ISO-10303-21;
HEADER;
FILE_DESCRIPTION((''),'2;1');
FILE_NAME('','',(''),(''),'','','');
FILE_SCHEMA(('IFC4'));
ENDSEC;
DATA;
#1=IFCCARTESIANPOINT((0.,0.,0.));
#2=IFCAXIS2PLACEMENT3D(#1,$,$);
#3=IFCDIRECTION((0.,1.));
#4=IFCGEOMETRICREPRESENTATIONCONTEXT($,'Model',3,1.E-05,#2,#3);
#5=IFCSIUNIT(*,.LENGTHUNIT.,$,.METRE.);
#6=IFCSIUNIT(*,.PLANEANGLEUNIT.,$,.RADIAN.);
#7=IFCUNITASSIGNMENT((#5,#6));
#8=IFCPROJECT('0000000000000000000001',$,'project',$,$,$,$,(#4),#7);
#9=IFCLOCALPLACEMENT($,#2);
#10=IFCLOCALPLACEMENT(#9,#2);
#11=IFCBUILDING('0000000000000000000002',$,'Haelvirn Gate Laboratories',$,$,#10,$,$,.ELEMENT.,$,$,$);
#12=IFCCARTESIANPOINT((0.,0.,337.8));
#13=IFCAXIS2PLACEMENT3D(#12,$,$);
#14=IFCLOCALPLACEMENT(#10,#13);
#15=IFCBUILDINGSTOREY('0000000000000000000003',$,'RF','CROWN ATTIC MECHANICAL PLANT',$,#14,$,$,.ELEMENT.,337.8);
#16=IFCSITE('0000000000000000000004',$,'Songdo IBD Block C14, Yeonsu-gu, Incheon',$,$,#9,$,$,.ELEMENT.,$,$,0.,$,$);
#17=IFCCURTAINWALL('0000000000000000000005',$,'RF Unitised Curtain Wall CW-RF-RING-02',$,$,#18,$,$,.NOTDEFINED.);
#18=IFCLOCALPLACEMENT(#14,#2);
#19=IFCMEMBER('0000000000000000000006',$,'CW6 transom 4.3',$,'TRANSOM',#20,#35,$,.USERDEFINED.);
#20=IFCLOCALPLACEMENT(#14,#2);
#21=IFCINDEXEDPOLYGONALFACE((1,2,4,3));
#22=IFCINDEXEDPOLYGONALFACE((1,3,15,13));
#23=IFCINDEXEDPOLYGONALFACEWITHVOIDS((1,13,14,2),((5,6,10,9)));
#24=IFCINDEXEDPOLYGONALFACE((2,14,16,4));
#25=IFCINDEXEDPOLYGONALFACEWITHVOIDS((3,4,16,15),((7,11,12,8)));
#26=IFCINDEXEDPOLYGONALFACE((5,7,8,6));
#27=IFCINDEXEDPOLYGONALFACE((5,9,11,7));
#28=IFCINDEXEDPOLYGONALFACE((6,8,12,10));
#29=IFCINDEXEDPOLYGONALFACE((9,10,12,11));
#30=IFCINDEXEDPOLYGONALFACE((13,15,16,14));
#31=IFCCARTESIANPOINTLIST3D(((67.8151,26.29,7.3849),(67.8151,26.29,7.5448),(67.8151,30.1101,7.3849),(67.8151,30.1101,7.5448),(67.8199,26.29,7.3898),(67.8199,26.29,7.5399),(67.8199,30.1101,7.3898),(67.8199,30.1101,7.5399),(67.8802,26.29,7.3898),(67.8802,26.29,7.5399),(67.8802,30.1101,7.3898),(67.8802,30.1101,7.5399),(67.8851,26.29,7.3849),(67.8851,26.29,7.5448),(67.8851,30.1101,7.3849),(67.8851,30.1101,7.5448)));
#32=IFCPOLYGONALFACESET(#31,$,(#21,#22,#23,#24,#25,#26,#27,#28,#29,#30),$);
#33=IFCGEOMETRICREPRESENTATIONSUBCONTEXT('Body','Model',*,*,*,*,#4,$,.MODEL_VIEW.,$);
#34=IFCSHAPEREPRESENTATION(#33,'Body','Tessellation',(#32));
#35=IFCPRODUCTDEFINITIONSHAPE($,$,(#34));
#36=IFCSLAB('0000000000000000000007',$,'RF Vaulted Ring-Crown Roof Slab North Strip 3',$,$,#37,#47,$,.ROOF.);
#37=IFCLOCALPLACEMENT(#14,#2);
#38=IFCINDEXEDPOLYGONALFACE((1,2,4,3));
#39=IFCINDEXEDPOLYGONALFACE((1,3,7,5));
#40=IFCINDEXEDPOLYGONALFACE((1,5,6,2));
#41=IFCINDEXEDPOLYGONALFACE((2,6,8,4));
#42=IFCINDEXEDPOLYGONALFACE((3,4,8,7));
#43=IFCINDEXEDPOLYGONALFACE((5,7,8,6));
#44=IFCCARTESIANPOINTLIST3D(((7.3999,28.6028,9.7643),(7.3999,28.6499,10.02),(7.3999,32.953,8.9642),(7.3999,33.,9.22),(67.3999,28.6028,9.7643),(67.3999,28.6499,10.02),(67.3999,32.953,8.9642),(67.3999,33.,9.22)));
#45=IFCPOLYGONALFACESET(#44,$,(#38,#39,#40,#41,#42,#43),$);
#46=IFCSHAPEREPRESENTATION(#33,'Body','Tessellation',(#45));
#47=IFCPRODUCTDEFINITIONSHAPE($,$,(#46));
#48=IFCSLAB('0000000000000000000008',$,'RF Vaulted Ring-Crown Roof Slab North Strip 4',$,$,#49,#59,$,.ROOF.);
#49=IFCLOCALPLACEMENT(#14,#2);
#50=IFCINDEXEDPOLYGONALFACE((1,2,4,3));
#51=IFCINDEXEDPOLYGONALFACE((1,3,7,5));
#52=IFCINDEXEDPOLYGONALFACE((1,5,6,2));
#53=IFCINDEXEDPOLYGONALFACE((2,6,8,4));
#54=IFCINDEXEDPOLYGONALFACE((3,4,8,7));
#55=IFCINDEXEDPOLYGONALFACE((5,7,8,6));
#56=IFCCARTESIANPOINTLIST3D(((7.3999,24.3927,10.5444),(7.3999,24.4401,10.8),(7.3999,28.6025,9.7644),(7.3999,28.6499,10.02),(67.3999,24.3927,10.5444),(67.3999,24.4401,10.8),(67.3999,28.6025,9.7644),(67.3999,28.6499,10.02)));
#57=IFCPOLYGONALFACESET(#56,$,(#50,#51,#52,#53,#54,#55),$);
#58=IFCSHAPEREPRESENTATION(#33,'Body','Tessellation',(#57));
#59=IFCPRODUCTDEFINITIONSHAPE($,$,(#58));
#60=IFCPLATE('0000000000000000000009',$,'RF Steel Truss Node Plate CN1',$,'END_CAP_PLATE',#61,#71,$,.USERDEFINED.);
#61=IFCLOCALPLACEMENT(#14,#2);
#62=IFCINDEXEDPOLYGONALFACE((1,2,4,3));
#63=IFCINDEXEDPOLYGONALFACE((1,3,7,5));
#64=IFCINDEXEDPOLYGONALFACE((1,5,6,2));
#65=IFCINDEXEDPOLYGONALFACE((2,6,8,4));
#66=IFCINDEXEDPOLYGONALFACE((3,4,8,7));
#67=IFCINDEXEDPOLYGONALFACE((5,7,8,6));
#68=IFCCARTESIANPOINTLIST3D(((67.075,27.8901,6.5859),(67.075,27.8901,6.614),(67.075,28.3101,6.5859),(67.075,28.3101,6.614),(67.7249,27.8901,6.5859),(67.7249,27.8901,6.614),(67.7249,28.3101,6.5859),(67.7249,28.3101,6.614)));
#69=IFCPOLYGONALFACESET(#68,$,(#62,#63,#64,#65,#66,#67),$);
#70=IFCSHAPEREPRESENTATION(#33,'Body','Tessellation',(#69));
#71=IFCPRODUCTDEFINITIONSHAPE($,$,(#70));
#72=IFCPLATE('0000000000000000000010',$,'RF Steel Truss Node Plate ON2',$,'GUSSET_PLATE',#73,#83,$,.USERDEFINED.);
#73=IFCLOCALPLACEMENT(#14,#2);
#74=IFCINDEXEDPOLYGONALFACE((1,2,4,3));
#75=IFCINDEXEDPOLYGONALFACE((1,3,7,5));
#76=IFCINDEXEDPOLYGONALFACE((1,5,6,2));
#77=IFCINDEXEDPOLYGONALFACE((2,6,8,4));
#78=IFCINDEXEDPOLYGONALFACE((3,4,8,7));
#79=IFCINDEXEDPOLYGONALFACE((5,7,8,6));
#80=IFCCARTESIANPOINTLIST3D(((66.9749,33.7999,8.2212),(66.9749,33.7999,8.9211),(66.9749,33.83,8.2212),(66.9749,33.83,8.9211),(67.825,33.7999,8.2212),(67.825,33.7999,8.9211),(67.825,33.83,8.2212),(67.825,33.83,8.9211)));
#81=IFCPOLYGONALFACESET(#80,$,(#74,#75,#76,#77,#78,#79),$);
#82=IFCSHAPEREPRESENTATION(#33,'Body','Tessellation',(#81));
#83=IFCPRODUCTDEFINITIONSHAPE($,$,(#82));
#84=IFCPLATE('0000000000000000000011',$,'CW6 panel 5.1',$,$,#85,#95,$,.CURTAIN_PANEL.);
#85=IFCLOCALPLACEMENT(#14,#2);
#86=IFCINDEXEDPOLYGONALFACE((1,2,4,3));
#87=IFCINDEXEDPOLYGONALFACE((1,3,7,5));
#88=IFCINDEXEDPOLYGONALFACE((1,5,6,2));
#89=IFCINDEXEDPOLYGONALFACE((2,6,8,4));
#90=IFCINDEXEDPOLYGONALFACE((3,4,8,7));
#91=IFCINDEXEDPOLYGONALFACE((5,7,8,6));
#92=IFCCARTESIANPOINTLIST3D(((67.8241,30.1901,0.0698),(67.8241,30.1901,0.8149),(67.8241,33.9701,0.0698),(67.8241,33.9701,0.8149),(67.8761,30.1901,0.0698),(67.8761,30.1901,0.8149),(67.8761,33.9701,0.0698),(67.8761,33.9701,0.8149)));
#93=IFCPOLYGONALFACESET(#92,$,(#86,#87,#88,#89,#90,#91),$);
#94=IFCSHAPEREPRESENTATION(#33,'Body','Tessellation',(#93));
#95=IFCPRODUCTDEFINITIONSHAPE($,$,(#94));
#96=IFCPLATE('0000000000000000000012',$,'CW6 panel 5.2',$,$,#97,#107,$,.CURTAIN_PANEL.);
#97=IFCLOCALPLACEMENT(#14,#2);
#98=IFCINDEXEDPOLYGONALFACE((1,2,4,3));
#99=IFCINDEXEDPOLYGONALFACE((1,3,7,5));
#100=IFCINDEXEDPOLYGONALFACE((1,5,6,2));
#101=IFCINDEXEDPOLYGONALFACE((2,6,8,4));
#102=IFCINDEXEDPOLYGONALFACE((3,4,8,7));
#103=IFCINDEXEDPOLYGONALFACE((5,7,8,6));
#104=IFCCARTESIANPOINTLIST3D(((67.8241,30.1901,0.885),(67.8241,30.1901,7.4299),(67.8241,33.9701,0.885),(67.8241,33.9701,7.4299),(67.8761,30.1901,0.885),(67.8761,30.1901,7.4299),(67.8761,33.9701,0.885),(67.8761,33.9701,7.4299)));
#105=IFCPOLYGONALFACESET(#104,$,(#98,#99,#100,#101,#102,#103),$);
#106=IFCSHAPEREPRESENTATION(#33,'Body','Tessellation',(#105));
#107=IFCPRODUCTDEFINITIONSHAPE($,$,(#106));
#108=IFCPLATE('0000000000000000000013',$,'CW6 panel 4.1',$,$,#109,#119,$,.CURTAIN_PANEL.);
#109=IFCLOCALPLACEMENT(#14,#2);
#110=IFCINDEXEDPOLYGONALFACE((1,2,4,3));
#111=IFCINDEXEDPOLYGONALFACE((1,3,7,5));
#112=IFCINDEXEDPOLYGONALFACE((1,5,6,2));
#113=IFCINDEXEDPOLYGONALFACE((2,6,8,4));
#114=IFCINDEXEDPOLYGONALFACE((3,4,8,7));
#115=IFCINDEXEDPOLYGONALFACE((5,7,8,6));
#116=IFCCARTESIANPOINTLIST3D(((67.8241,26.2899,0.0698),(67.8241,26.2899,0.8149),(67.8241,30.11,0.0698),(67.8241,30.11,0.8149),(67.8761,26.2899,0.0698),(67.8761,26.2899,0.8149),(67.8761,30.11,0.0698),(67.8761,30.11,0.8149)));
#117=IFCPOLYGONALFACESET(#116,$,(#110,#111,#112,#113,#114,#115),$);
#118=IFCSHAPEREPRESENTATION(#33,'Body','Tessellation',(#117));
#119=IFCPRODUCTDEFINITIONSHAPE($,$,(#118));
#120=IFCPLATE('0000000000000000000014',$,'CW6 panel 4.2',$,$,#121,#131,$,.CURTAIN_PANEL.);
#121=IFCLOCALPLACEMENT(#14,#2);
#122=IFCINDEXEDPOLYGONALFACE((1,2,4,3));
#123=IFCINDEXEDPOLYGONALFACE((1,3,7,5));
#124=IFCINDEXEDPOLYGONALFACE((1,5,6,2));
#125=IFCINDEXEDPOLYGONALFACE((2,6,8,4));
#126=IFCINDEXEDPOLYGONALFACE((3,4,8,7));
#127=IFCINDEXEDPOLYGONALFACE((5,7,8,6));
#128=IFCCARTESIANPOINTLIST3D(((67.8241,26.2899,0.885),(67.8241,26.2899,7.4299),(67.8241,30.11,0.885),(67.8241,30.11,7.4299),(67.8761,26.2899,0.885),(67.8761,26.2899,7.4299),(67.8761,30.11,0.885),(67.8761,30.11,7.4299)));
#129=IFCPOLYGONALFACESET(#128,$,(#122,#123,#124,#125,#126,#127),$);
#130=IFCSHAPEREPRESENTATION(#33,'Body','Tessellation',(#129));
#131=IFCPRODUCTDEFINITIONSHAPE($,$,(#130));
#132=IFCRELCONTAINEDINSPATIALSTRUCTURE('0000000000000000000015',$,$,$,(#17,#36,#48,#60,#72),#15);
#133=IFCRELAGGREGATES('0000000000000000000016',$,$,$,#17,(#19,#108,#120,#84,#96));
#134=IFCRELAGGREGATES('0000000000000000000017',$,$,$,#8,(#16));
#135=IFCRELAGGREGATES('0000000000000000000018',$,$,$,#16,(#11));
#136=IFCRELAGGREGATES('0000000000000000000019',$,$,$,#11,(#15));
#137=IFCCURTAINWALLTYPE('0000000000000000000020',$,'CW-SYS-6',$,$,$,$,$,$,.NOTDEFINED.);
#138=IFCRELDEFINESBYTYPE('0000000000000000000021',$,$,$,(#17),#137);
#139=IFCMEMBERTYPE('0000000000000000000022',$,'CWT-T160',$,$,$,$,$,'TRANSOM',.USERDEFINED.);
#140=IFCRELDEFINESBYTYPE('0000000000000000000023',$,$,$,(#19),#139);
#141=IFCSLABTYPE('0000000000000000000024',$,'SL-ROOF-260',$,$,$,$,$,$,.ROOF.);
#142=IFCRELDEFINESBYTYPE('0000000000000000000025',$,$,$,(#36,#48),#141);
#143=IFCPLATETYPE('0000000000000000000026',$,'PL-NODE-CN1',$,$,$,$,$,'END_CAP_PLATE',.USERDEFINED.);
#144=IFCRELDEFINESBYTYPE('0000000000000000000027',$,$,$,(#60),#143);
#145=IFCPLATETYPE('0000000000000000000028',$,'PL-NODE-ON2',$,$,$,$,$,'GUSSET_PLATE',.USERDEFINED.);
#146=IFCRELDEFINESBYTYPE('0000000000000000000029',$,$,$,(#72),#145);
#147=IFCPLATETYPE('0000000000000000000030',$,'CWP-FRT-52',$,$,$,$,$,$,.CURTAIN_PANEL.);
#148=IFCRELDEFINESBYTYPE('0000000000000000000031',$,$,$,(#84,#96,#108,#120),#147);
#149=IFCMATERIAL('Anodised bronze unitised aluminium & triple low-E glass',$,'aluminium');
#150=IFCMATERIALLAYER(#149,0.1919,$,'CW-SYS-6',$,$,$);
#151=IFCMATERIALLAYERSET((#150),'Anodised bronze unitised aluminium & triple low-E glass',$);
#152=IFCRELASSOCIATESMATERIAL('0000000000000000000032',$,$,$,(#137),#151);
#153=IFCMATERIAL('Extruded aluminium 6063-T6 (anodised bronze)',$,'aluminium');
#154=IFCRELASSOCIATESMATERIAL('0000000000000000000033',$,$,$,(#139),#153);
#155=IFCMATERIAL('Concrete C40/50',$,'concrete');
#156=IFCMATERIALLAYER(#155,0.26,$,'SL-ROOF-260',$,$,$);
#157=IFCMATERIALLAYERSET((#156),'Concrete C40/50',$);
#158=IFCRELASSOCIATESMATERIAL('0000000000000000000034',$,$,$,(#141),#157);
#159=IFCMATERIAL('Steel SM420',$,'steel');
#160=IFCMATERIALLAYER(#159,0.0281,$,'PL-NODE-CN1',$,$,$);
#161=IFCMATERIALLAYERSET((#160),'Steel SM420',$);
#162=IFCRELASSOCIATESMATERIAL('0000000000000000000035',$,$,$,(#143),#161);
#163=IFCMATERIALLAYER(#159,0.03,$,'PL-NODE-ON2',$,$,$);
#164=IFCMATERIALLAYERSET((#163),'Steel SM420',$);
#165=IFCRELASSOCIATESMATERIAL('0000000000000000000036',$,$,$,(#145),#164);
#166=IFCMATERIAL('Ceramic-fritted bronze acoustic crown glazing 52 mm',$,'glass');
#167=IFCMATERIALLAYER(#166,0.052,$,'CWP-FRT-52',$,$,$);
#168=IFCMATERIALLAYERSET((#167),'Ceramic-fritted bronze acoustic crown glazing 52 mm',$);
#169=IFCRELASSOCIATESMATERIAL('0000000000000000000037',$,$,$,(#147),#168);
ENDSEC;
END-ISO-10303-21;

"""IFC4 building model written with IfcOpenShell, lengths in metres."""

from ifc_helpers import new_model, si_unit, direction, frame, origin, origin_2d, place, context, subcontext, project, spatial, polyline, rectangle, hollow_rectangle, outline, extrude, source, transform, mapped, material, layer, layer_set, material_profile, profile_set, type_object, type_shapes, element, aggregate, save


model = new_model("IFC4")

# Units and contexts
model_context = context("Model", 3, precision=1e-05, world=origin(), true_north=direction((0.0, 1.0)))
body_context = subcontext(model_context, "Body", "Model", "MODEL_VIEW")
ifc_project = project(units=[si_unit("LENGTHUNIT", "METRE"), si_unit("PLANEANGLEUNIT", "RADIAN")], contexts=[model_context])

# Site, building, storey
site_placement = place(None, origin())
site = spatial("IfcSite", under=ifc_project, at=site_placement, Name="Songdo IBD Block C14, Yeonsu-gu, Incheon", CompositionType="ELEMENT", RefElevation=0.0)
building_placement = place(site_placement, origin())
building = spatial("IfcBuilding", under=site, at=building_placement, Name="Haelvirn Gate Laboratories", CompositionType="ELEMENT")
storey_placement = place(building_placement, frame((0.0, 0.0, 337.8)))
storey = spatial("IfcBuildingStorey", under=building, at=storey_placement, Name="RF", Description="CROWN ATTIC MECHANICAL PLANT", CompositionType="ELEMENT", Elevation=337.8)

# Shared definitions
ifc_material_1 = material(Name="Steel SM420", Category="steel")

# Curtain wall, member
ifc_material_2 = material(Name="Anodised bronze unitised aluminium & triple low-E glass", Category="aluminium")
ifc_layer_1 = layer(ifc_material_2, 0.1919, Name="CW-SYS-6")
ifc_layer_set_1 = layer_set([ifc_layer_1], Name="Anodised bronze unitised aluminium & triple low-E glass")
curtain_wall_type = type_object("IfcCurtainWallType", Name="CW-SYS-6", PredefinedType="NOTDEFINED", material=ifc_layer_set_1)
curtain_wall_placement = place(storey_placement, origin())
curtain_wall = element("IfcCurtainWall", 1, at=curtain_wall_placement, inside=storey, type_object=curtain_wall_type, Name="RF Unitised Curtain Wall CW-RF-RING-02", PredefinedType="NOTDEFINED")
ifc_material_3 = material(Name="Extruded aluminium 6063-T6 (anodised bronze)", Category="aluminium")
ifc_material_profile_1 = material_profile(ifc_material_3, hollow_rectangle(XDim=0.0701, YDim=0.1599, WallThickness=0.0049, at=origin_2d()), Name="CWT-160x70x5")
ifc_profile_set_1 = profile_set([ifc_material_profile_1], Name="Extruded aluminium 6063-T6 (anodised bronze)")
member_type_1 = type_object("IfcMemberType", Name="CWT-T160", ElementType="TRANSOM", PredefinedType="USERDEFINED", material=ifc_profile_set_1)
shared_shape_1 = source(origin(), body_context, "Body", "SweptSolid", [
    extrude(hollow_rectangle(XDim=0.0701, YDim=0.1599, WallThickness=0.0049, at=origin_2d()), origin(), (0.0, 0.0, 1.0), 3.8201),
])
member_1_placement = place(storey_placement, frame((67.8501, 26.29, 7.4648), z_axis=(0.0, 1.0, 0.0), x_axis=(-1.0, 0.0, 0.0)))
member_1 = element("IfcMember", 2, at=member_1_placement, type_object=member_type_1, Name="CW6 transom 4.3", ObjectType="TRANSOM", PredefinedType="USERDEFINED", context=body_context, shape_type="MappedRepresentation", body=[
    mapped(shared_shape_1, transform((0.0, 0.0, 0.0), scale=1.0)),
])

# Slabs
ifc_material_4 = material(Name="Concrete C40/50", Category="concrete")
ifc_layer_2 = layer(ifc_material_4, 0.26, Name="SL-ROOF-260")
ifc_layer_set_2 = layer_set([ifc_layer_2], Name="Concrete C40/50")
slab_type = type_object("IfcSlabType", Name="SL-ROOF-260", PredefinedType="ROOF", material=ifc_layer_set_2)
slab_1_placement = place(storey_placement, frame((67.3999, 33.0, 9.22), z_axis=(0.0, 0.180881, 0.983505), x_axis=(-1.0, 0.0, 0.0)))
element("IfcSlab", 3, at=slab_1_placement, inside=storey, type_object=slab_type, Name="RF Vaulted Ring-Crown Roof Slab North Strip 3", PredefinedType="ROOF", context=body_context, shape_type="SweptSolid", body=[
    extrude(outline(polyline([(0.0, 0.0), (60.0, 0.0), (60.0, 4.4231), (0.0, 4.4231), (0.0, 0.0)])), origin(), (0.0, 0.0, -1.0), 0.26),
])
slab_2_placement = place(storey_placement, frame((67.3999, 28.6499, 10.02), z_axis=(0.0, 0.182181, 0.983265), x_axis=(-1.0, 0.0, 0.0)))
element("IfcSlab", 4, at=slab_2_placement, inside=storey, type_object=slab_type, Name="RF Vaulted Ring-Crown Roof Slab North Strip 4", PredefinedType="ROOF", context=body_context, shape_type="SweptSolid", body=[
    extrude(outline(polyline([(0.0, 0.0), (60.0, 0.0), (60.0, 4.2815), (0.0, 4.2815), (0.0, 0.0)])), origin(), (0.0, 0.0, -1.0), 0.26),
])

# Plates
ifc_layer_3 = layer(ifc_material_1, 0.0281, Name="PL-NODE-CN1")
ifc_layer_set_3 = layer_set([ifc_layer_3], Name="Steel SM420")
plate_type_1 = type_object("IfcPlateType", Name="PL-NODE-CN1", ElementType="END_CAP_PLATE", PredefinedType="USERDEFINED", material=ifc_layer_set_3)
shared_shape_2 = source(origin(), body_context, "Body", "SweptSolid", [
    extrude(rectangle(XDim=0.6499, YDim=0.4199, at=origin_2d()), origin(), (0.0, 0.0, 1.0), 0.0281),
])
type_shapes(plate_type_1, [shared_shape_2])
plate_1_placement = place(storey_placement, frame((67.3999, 28.1001, 6.5859), z_axis=(0.0, 0.0, 1.0), x_axis=(1.0, 0.0, 0.0)))
element("IfcPlate", 5, at=plate_1_placement, inside=storey, type_object=plate_type_1, Name="RF Steel Truss Node Plate CN1", ObjectType="END_CAP_PLATE", PredefinedType="USERDEFINED", context=body_context, shape_type="MappedRepresentation", body=[
    mapped(shared_shape_2, transform((0.0, 0.0, 0.0), scale=1.0)),
])
ifc_layer_4 = layer(ifc_material_1, 0.03, Name="PL-NODE-ON2")
ifc_layer_set_4 = layer_set([ifc_layer_4], Name="Steel SM420")
plate_type_2 = type_object("IfcPlateType", Name="PL-NODE-ON2", ElementType="GUSSET_PLATE", PredefinedType="USERDEFINED", material=ifc_layer_set_4)
shared_shape_3 = source(origin(), body_context, "Body", "SweptSolid", [
    extrude(rectangle(XDim=0.8501, YDim=0.03, at=origin_2d()), origin(), (0.0, 0.0, 1.0), 0.7),
])
type_shapes(plate_type_2, [shared_shape_3])
plate_2_placement = place(storey_placement, frame((67.3999, 33.8149, 8.2212), z_axis=(0.0, 0.0, 1.0), x_axis=(1.0, 0.0, 0.0)))
element("IfcPlate", 6, at=plate_2_placement, inside=storey, type_object=plate_type_2, Name="RF Steel Truss Node Plate ON2", ObjectType="GUSSET_PLATE", PredefinedType="USERDEFINED", context=body_context, shape_type="MappedRepresentation", body=[
    mapped(shared_shape_3, transform((0.0, 0.0, 0.0), scale=1.0)),
])

# Plates
ifc_material_5 = material(Name="Ceramic-fritted bronze acoustic crown glazing 52 mm", Category="glass")
ifc_layer_5 = layer(ifc_material_5, 0.052, Name="CWP-FRT-52")
ifc_layer_set_5 = layer_set([ifc_layer_5], Name="Ceramic-fritted bronze acoustic crown glazing 52 mm")
plate_type_3 = type_object("IfcPlateType", Name="CWP-FRT-52", PredefinedType="CURTAIN_PANEL", material=ifc_layer_set_5)
shared_shape_4 = source(origin(), body_context, "Body", "SweptSolid", [
    extrude(rectangle(XDim=3.78, YDim=0.052, at=origin_2d()), origin(), (0.0, 0.0, 1.0), 0.7451),
])
plate_3_placement = place(storey_placement, frame((67.8501, 32.0801, 0.0698), z_axis=(0.0, 0.0, 1.0), x_axis=(0.0, 1.0, 0.0)))
plate_3 = element("IfcPlate", 7, at=plate_3_placement, type_object=plate_type_3, Name="CW6 panel 5.1", PredefinedType="CURTAIN_PANEL", context=body_context, shape_type="MappedRepresentation", body=[
    mapped(shared_shape_4, transform((0.0, 0.0, 0.0), scale=1.0)),
])
shared_shape_5 = source(origin(), body_context, "Body", "SweptSolid", [
    extrude(rectangle(XDim=3.78, YDim=0.052, at=origin_2d()), origin(), (0.0, 0.0, 1.0), 6.5449),
])
plate_4_placement = place(storey_placement, frame((67.8501, 32.0801, 0.885), z_axis=(0.0, 0.0, 1.0), x_axis=(0.0, 1.0, 0.0)))
plate_4 = element("IfcPlate", 8, at=plate_4_placement, type_object=plate_type_3, Name="CW6 panel 5.2", PredefinedType="CURTAIN_PANEL", context=body_context, shape_type="MappedRepresentation", body=[
    mapped(shared_shape_5, transform((0.0, 0.0, 0.0), scale=1.0)),
])
shared_shape_6 = source(origin(), body_context, "Body", "SweptSolid", [
    extrude(rectangle(XDim=3.8201, YDim=0.052, at=origin_2d()), origin(), (0.0, 0.0, 1.0), 0.7451),
])
plate_5_placement = place(storey_placement, frame((67.8501, 28.2, 0.0698), z_axis=(0.0, 0.0, 1.0), x_axis=(0.0, 1.0, 0.0)))
plate_5 = element("IfcPlate", 9, at=plate_5_placement, type_object=plate_type_3, Name="CW6 panel 4.1", PredefinedType="CURTAIN_PANEL", context=body_context, shape_type="MappedRepresentation", body=[
    mapped(shared_shape_6, transform((0.0, 0.0, 0.0), scale=1.0)),
])
shared_shape_7 = source(origin(), body_context, "Body", "SweptSolid", [
    extrude(rectangle(XDim=3.8201, YDim=0.052, at=origin_2d()), origin(), (0.0, 0.0, 1.0), 6.5449),
])
type_shapes(plate_type_3, [shared_shape_4, shared_shape_5, shared_shape_6, shared_shape_7])
plate_6_placement = place(storey_placement, frame((67.8501, 28.2, 0.885), z_axis=(0.0, 0.0, 1.0), x_axis=(0.0, 1.0, 0.0)))
plate_6 = element("IfcPlate", 10, at=plate_6_placement, type_object=plate_type_3, Name="CW6 panel 4.2", PredefinedType="CURTAIN_PANEL", context=body_context, shape_type="MappedRepresentation", body=[
    mapped(shared_shape_7, transform((0.0, 0.0, 0.0), scale=1.0)),
])
aggregate(curtain_wall, [member_1, plate_5, plate_6, plate_3, plate_4])

save(model, "model.ifc")
